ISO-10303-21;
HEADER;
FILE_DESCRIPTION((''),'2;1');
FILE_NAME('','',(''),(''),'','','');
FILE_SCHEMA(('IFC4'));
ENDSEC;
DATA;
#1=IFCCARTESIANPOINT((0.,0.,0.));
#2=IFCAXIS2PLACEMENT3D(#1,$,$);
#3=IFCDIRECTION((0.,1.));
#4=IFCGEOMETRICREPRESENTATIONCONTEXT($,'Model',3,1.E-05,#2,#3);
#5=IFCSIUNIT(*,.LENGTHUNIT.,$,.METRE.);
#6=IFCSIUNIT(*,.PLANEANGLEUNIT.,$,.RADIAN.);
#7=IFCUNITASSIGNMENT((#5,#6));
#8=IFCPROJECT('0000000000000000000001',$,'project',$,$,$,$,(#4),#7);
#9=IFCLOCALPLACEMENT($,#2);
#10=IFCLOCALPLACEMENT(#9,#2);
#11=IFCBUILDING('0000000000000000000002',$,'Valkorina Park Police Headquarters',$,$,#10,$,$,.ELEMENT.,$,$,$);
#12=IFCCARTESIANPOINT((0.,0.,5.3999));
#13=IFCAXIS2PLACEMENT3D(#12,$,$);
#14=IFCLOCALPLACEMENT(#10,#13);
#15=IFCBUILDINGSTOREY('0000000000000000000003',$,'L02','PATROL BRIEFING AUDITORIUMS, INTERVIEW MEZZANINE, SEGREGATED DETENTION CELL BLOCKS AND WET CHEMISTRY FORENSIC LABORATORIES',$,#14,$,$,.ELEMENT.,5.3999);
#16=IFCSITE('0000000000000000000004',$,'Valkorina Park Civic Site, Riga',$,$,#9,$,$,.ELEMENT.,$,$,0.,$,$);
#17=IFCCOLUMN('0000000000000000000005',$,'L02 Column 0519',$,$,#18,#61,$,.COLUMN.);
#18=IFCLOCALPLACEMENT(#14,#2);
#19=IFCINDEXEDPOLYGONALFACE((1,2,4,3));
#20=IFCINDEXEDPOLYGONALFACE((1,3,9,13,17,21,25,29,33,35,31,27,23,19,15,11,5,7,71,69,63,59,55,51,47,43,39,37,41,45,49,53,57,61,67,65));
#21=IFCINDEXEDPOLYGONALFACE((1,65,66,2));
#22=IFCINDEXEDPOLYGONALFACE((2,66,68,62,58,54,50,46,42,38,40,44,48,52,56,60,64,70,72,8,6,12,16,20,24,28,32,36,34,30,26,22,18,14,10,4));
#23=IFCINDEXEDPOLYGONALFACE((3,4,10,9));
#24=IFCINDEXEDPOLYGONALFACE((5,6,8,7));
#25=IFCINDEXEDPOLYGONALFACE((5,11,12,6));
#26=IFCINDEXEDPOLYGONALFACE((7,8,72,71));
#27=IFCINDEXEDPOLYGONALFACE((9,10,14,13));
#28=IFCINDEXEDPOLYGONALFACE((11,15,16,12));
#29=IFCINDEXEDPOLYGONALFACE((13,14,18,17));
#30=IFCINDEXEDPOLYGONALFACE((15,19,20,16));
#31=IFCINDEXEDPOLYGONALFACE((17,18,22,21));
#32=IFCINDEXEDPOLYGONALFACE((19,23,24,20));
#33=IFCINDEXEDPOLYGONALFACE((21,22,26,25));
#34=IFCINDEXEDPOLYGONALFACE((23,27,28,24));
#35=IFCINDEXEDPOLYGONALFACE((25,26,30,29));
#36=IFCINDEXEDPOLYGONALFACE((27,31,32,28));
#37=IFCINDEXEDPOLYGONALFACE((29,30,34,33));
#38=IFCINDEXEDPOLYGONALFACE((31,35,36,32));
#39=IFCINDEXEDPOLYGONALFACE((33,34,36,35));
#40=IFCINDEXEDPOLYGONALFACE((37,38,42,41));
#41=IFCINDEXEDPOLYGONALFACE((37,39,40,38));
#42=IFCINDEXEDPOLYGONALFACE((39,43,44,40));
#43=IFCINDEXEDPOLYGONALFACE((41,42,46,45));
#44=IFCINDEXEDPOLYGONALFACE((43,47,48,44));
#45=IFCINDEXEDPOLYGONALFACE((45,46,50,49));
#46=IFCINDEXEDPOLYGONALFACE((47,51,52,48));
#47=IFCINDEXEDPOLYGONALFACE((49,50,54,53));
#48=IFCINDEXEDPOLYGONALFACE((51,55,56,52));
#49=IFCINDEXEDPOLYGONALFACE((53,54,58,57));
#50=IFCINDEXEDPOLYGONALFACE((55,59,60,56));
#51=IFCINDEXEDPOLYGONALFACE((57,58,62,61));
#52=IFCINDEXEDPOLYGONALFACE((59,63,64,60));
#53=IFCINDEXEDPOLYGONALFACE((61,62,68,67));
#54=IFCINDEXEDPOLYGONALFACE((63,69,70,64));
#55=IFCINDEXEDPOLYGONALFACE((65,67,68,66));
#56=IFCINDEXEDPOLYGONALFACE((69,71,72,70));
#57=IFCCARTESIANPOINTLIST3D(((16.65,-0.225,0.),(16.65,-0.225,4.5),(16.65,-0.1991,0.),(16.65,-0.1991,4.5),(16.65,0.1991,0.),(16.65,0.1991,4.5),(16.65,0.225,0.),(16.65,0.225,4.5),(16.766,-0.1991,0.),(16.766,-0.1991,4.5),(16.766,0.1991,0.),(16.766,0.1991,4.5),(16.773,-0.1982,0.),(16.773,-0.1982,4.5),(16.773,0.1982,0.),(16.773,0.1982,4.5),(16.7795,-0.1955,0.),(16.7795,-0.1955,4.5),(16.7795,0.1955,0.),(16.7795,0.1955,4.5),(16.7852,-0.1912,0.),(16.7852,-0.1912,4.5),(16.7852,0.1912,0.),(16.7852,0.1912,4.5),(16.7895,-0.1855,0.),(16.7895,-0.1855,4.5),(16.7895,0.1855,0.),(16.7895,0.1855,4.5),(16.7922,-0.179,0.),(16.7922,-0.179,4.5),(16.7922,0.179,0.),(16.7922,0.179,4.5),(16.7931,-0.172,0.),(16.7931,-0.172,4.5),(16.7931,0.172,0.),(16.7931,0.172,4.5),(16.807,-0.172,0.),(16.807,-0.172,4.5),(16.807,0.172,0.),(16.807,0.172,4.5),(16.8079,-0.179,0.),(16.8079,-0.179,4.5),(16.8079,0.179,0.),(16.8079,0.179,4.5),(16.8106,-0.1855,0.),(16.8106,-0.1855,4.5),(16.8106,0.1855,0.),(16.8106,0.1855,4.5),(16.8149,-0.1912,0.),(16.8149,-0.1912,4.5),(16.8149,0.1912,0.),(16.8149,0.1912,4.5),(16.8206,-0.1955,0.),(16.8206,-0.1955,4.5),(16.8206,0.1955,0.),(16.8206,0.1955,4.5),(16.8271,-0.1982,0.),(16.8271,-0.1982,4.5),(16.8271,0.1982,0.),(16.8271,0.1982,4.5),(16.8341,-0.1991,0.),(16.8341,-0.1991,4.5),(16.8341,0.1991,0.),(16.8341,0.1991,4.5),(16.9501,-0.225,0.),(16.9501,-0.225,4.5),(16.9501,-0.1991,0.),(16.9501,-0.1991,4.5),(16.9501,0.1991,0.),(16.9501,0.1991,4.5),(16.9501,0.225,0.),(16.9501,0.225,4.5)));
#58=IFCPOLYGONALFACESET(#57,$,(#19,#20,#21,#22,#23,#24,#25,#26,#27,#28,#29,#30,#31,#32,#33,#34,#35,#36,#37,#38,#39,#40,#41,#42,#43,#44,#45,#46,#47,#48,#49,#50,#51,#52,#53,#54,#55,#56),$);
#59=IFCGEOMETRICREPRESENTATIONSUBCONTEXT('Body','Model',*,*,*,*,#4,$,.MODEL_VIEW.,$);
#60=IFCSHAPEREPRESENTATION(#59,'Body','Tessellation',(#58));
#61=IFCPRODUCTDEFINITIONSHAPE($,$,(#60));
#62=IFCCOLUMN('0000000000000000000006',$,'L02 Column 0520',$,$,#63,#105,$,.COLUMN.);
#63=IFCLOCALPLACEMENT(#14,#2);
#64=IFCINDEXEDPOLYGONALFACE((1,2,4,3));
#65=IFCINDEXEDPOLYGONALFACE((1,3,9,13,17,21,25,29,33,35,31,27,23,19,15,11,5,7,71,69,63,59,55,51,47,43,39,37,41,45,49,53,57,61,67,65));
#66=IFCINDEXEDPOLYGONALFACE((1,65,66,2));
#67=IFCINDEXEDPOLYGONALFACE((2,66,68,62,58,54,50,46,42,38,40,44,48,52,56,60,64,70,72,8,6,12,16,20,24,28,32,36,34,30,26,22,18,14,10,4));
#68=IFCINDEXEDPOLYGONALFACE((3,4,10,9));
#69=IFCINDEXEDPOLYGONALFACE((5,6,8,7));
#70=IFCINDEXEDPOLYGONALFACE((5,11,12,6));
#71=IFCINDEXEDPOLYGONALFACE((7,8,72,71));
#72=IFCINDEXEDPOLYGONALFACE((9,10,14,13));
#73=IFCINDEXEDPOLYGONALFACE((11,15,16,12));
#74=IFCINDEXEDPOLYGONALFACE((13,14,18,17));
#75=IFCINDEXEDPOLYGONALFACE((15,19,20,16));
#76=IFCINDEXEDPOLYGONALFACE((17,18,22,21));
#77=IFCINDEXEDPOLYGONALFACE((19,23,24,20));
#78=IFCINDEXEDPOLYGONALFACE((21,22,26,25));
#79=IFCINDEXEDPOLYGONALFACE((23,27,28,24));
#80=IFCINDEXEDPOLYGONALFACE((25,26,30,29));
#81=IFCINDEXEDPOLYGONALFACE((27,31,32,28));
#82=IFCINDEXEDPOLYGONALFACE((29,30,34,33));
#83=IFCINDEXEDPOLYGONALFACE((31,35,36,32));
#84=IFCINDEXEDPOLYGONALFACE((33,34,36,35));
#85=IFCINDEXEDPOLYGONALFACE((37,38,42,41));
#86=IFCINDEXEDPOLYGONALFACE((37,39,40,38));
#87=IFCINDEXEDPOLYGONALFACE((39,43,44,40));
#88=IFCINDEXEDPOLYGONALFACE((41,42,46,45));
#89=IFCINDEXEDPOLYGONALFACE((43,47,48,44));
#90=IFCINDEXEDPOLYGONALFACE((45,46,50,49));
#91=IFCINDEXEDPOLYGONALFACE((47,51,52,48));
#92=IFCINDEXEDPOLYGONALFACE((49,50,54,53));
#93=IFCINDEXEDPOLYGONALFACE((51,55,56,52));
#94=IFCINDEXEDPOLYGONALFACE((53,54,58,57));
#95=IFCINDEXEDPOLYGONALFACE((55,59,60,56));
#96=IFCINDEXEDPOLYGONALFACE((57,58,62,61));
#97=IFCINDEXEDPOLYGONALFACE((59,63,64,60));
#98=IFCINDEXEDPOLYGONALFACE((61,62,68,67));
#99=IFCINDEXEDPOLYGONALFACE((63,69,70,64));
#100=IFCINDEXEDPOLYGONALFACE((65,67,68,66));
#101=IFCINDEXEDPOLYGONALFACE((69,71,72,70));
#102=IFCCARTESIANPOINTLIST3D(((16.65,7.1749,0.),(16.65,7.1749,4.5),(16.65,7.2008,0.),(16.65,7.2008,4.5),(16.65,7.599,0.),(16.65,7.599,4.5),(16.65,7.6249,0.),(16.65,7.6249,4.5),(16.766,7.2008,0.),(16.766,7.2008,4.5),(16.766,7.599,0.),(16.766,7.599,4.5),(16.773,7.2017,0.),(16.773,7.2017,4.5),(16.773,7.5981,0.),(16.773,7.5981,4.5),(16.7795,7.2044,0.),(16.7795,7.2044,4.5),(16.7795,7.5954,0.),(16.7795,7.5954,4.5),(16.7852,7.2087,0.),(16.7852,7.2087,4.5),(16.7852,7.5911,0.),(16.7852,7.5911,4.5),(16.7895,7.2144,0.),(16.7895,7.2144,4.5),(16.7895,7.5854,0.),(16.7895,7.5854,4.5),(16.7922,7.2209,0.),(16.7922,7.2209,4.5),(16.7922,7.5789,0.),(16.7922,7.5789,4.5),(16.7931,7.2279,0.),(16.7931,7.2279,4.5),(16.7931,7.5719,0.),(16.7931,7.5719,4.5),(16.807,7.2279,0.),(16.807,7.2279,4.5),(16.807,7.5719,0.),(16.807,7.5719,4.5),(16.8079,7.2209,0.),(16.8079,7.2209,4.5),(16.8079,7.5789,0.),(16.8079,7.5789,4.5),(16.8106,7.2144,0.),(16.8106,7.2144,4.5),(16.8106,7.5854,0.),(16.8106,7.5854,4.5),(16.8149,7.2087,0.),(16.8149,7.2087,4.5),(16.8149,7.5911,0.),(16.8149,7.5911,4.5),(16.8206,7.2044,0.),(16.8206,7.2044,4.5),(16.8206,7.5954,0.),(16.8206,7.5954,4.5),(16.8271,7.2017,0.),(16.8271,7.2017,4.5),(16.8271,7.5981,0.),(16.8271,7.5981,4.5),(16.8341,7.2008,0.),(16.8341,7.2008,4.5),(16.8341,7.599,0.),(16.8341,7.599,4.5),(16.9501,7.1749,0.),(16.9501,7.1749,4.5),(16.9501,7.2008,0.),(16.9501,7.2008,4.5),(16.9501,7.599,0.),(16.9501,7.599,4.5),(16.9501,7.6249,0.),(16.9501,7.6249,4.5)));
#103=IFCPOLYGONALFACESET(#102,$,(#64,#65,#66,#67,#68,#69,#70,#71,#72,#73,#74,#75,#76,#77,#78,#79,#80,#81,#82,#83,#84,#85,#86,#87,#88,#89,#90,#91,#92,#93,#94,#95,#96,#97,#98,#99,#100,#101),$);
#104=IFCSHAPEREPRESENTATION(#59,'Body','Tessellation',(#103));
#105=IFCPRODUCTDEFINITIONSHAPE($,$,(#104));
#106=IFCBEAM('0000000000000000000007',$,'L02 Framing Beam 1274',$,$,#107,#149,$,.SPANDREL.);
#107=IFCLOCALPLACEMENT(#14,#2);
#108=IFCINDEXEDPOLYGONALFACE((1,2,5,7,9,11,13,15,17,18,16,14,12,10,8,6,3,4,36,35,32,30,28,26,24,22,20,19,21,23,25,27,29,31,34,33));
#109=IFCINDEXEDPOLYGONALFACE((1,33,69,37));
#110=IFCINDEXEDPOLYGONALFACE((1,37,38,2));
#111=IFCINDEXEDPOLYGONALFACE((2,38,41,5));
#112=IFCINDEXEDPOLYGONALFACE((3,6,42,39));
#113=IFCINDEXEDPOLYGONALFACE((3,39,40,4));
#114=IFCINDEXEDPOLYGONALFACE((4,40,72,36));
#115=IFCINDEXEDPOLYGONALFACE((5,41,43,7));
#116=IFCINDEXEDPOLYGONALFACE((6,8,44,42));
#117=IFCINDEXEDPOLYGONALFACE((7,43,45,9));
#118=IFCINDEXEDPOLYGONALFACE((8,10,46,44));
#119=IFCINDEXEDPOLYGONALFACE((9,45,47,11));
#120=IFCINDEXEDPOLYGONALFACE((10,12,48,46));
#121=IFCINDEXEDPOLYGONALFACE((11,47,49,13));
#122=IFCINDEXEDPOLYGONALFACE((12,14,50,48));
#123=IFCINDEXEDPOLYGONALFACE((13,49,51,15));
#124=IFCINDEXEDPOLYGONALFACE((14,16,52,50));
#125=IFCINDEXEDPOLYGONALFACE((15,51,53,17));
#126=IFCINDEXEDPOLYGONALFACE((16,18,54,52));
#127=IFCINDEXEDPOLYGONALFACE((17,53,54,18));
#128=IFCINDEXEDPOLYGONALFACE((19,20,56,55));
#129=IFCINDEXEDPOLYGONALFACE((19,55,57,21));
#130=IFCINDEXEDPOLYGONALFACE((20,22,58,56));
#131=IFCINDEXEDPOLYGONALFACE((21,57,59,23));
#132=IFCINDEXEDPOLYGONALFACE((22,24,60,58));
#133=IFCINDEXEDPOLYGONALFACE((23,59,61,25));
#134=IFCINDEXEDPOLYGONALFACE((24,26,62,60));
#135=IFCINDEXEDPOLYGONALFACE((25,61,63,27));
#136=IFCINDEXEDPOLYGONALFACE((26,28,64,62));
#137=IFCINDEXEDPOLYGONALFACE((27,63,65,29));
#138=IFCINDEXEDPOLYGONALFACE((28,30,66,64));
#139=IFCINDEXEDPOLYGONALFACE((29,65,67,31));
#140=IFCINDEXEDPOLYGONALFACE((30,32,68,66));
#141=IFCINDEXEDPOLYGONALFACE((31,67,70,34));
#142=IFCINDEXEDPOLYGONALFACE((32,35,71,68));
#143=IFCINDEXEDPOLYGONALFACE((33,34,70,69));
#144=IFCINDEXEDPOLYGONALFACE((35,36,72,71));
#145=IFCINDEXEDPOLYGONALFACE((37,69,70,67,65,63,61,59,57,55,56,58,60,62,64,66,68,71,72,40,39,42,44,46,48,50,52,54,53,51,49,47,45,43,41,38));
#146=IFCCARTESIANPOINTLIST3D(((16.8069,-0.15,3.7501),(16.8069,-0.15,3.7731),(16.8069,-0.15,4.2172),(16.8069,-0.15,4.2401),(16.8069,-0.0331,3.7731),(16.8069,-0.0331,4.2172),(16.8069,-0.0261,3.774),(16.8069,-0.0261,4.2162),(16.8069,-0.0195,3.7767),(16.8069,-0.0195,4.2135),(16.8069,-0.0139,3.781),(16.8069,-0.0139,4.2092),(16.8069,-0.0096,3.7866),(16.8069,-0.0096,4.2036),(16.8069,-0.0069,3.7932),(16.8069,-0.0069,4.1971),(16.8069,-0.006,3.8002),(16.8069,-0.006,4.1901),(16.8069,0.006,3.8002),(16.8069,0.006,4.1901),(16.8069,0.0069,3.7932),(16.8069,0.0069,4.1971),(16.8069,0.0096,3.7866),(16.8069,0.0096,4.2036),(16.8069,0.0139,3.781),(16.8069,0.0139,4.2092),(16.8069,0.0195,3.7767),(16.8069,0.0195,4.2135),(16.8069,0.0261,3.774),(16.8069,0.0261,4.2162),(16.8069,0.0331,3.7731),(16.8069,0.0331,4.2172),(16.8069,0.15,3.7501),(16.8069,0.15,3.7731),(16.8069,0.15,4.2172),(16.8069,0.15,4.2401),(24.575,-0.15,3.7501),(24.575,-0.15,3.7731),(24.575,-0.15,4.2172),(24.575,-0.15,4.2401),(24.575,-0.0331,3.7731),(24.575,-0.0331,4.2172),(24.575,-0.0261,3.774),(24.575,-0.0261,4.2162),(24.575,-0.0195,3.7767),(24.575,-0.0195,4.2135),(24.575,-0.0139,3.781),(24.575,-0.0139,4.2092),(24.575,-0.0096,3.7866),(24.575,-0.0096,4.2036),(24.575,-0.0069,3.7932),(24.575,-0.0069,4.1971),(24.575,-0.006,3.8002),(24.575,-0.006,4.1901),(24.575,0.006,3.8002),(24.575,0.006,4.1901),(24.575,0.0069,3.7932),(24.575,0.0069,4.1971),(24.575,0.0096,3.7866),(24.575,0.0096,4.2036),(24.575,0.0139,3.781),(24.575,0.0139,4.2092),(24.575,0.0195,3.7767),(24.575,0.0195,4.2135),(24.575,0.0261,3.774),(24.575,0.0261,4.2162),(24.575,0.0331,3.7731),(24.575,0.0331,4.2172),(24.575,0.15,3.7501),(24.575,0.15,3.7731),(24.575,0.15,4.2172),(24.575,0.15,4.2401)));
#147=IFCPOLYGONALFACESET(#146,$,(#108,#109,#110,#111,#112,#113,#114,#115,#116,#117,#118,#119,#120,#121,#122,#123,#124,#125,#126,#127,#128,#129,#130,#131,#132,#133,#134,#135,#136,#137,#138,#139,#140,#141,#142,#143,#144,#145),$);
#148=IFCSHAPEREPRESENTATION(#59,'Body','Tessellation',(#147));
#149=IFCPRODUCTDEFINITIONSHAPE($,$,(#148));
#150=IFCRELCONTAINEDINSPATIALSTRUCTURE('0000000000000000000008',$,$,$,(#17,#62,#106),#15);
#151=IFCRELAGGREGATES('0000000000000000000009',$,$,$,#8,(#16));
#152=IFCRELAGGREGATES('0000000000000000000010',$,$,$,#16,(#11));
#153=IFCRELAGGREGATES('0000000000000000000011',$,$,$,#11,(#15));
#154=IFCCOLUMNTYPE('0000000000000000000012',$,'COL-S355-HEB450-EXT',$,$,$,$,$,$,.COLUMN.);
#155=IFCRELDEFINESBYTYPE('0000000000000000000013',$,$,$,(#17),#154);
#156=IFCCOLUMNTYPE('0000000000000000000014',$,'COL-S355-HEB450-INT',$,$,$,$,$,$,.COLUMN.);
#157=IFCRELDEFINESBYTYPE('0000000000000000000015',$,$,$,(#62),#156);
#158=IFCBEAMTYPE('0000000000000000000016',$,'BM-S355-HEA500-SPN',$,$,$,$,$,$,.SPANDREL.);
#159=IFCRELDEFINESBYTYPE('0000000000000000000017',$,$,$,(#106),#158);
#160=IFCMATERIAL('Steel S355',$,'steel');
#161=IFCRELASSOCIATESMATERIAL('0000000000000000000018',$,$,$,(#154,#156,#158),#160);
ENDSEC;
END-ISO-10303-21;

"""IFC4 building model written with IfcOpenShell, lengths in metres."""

from ifc_helpers import new_model, si_unit, direction, frame, origin, origin_2d, place, context, subcontext, project, spatial, i_section, extrude, material, material_profile, profile_set, type_object, element, save


model = new_model("IFC4")

# Units and contexts
model_context = context("Model", 3, precision=1e-05, world=origin(), true_north=direction((0.0, 1.0)))
body_context = subcontext(model_context, "Body", "Model", "MODEL_VIEW")
ifc_project = project(units=[si_unit("LENGTHUNIT", "METRE"), si_unit("PLANEANGLEUNIT", "RADIAN")], contexts=[model_context])

# Site, building, storey
site_placement = place(None, origin())
site = spatial("IfcSite", under=ifc_project, at=site_placement, Name="Valkorina Park Civic Site, Riga", CompositionType="ELEMENT", RefElevation=0.0)
building_placement = place(site_placement, origin())
building = spatial("IfcBuilding", under=site, at=building_placement, Name="Valkorina Park Police Headquarters", CompositionType="ELEMENT")
storey_placement = place(building_placement, frame((0.0, 0.0, 5.3999)))
storey = spatial("IfcBuildingStorey", under=building, at=storey_placement, Name="L02", Description="PATROL BRIEFING AUDITORIUMS, INTERVIEW MEZZANINE, SEGREGATED DETENTION CELL BLOCKS AND WET CHEMISTRY FORENSIC LABORATORIES", CompositionType="ELEMENT", Elevation=5.3999)

# Columns
ifc_material_1 = material(Name="Steel S355", Category="steel")
ifc_material_profile_1 = material_profile(ifc_material_1, i_section(OverallWidth=0.3, OverallDepth=0.45, WebThickness=0.0139, FlangeThickness=0.0259, FilletRadius=0.0271, at=origin_2d()), Name="HEB 450")
ifc_profile_set_1 = profile_set([ifc_material_profile_1], Name="Steel S355")
column_type_1 = type_object("IfcColumnType", Name="COL-S355-HEB450-EXT", PredefinedType="COLUMN", material=ifc_profile_set_1)
column_1_placement = place(storey_placement, frame((16.8, 0.0, 0.0), z_axis=(0.0, 0.0, 1.0), x_axis=(1.0, 0.0, 0.0)))
element("IfcColumn", 1, at=column_1_placement, inside=storey, type_object=column_type_1, Name="L02 Column 0519", PredefinedType="COLUMN", context=body_context, shape_type="SweptSolid", body=[
    extrude(i_section(OverallWidth=0.3, OverallDepth=0.45, WebThickness=0.0139, FlangeThickness=0.0259, FilletRadius=0.0271, at=origin_2d()), origin(), (0.0, 0.0, 1.0), 4.5),
])
ifc_material_profile_2 = material_profile(ifc_material_1, i_section(OverallWidth=0.3, OverallDepth=0.45, WebThickness=0.0139, FlangeThickness=0.0259, FilletRadius=0.0271, at=origin_2d()), Name="HEB 450")
ifc_profile_set_2 = profile_set([ifc_material_profile_2], Name="Steel S355")
column_type_2 = type_object("IfcColumnType", Name="COL-S355-HEB450-INT", PredefinedType="COLUMN", material=ifc_profile_set_2)
column_2_placement = place(storey_placement, frame((16.8, 7.3999, 0.0), z_axis=(0.0, 0.0, 1.0), x_axis=(1.0, 0.0, 0.0)))
element("IfcColumn", 2, at=column_2_placement, inside=storey, type_object=column_type_2, Name="L02 Column 0520", PredefinedType="COLUMN", context=body_context, shape_type="SweptSolid", body=[
    extrude(i_section(OverallWidth=0.3, OverallDepth=0.45, WebThickness=0.0139, FlangeThickness=0.0259, FilletRadius=0.0271, at=origin_2d()), origin(), (0.0, 0.0, 1.0), 4.5),
])

# Beam
ifc_material_profile_3 = material_profile(ifc_material_1, i_section(OverallWidth=0.3, OverallDepth=0.49, WebThickness=0.012, FlangeThickness=0.0229, FilletRadius=0.0271, at=origin_2d()), Name="HEA 500")
ifc_profile_set_3 = profile_set([ifc_material_profile_3], Name="Steel S355")
beam_type_1 = type_object("IfcBeamType", Name="BM-S355-HEA500-SPN", PredefinedType="SPANDREL", material=ifc_profile_set_3)
beam_1_placement = place(storey_placement, frame((16.8069, 0.0, 3.9951), z_axis=(1.0, 0.0, 0.0), x_axis=(0.0, 1.0, 0.0)))
element("IfcBeam", 3, at=beam_1_placement, inside=storey, type_object=beam_type_1, Name="L02 Framing Beam 1274", PredefinedType="SPANDREL", context=body_context, shape_type="SweptSolid", body=[
    extrude(i_section(OverallWidth=0.3, OverallDepth=0.49, WebThickness=0.012, FlangeThickness=0.0229, FilletRadius=0.0271, at=origin_2d()), origin(), (0.0, 0.0, 1.0), 7.7681),
])

save(model, "model.ifc")
